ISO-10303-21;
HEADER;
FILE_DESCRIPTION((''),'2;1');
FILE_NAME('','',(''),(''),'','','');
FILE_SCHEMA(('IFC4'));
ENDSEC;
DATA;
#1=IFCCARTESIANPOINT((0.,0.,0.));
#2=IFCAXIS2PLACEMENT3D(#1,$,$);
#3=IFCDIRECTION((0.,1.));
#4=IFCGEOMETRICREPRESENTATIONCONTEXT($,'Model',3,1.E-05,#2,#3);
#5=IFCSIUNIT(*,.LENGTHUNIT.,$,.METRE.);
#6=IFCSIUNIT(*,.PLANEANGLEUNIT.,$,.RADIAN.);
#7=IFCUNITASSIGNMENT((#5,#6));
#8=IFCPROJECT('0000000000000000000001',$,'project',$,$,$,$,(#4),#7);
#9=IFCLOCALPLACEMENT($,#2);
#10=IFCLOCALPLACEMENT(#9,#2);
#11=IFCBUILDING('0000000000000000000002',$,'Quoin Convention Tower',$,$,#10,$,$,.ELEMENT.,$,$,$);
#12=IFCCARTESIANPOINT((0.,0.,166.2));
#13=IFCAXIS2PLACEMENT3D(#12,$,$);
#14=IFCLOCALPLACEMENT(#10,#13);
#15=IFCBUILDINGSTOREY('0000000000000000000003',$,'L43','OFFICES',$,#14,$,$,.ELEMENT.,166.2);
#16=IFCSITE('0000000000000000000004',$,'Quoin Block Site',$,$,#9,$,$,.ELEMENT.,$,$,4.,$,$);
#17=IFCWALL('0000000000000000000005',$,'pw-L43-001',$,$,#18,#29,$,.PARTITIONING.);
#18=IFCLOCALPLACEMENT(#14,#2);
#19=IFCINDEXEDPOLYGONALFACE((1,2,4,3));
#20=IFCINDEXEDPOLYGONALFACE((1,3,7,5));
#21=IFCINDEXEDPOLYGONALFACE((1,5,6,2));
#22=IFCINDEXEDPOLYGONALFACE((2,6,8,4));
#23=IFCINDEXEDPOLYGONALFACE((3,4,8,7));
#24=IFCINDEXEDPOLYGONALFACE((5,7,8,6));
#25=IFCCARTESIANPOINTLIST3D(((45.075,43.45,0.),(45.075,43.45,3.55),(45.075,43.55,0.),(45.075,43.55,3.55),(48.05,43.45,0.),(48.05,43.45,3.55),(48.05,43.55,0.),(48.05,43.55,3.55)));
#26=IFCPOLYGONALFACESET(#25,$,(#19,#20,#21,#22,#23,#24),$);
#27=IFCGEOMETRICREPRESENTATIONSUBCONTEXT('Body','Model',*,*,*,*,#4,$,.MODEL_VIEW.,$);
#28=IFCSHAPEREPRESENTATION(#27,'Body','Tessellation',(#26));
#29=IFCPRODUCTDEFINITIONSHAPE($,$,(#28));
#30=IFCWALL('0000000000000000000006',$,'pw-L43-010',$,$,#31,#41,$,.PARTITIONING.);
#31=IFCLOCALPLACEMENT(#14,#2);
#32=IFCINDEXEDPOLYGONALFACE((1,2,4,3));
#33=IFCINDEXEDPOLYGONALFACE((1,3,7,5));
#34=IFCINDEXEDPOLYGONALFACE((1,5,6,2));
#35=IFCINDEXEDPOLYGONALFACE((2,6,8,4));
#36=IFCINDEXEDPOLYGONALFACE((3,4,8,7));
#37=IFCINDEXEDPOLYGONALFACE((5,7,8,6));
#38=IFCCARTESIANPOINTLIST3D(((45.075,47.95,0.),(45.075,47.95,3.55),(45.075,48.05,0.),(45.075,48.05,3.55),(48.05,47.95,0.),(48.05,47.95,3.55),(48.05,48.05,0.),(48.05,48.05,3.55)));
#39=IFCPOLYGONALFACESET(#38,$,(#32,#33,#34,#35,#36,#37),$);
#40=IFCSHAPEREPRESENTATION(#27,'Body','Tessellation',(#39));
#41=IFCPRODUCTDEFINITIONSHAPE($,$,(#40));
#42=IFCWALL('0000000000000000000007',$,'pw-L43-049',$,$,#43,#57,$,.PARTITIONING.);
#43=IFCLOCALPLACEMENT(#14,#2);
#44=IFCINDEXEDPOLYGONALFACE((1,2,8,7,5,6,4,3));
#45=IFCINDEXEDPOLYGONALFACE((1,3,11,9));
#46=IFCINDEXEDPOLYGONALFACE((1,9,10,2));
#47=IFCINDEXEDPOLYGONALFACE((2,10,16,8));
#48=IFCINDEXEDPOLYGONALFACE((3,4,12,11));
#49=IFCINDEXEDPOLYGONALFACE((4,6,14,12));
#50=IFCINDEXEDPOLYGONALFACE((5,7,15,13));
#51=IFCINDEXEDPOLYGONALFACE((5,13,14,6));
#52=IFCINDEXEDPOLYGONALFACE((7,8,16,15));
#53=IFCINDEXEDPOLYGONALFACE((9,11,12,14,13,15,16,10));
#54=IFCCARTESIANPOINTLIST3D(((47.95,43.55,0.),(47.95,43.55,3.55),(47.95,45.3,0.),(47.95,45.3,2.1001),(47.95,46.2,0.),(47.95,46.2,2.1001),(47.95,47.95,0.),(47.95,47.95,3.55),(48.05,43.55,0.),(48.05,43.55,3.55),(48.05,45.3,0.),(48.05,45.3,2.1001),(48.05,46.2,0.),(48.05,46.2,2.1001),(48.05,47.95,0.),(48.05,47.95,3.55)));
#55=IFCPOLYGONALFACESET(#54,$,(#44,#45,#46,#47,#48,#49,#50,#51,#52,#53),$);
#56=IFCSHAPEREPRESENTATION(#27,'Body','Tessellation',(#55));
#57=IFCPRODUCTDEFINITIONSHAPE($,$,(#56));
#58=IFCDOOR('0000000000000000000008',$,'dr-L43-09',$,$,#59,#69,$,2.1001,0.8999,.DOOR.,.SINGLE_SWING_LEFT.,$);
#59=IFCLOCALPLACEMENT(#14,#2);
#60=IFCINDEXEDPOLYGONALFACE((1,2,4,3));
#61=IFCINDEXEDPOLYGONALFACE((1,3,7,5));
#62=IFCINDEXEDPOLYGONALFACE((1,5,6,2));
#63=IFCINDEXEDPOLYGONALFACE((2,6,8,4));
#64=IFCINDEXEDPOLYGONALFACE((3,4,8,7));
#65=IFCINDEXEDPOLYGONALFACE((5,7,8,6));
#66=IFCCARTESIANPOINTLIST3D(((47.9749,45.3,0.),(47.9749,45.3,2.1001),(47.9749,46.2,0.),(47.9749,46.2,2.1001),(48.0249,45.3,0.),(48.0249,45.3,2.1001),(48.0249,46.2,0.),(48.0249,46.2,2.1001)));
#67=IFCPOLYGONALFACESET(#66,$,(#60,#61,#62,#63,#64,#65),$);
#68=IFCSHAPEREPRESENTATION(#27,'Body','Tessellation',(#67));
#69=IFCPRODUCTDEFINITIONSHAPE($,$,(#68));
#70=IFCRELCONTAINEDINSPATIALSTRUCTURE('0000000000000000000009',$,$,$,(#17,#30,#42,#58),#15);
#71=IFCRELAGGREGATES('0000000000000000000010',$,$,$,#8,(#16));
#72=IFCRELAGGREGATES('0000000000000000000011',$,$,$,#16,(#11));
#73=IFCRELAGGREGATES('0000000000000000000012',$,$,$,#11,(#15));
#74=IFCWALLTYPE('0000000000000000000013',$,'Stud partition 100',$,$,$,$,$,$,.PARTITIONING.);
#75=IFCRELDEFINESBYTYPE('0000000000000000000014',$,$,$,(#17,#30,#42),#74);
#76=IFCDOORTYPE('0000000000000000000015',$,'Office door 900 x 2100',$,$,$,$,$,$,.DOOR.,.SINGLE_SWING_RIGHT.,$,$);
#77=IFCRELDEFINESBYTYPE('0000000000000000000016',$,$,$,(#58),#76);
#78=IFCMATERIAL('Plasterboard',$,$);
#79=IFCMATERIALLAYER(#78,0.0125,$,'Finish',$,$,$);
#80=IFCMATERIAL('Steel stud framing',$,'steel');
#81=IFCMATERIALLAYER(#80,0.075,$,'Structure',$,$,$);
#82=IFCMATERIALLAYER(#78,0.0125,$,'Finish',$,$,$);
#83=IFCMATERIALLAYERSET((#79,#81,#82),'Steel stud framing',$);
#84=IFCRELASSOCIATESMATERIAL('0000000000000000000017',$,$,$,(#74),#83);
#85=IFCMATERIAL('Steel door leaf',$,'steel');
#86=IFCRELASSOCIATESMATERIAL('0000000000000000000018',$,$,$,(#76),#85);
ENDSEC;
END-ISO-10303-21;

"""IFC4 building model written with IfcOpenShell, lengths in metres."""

from ifc_helpers import new_model, si_unit, direction, frame, frame_2d, origin, place, context, subcontext, project, spatial, rectangle, extrude, material, layer, layer_set, type_object, element, fill, save


model = new_model("IFC4")

# Units and contexts
model_context = context("Model", 3, precision=1e-05, world=origin(), true_north=direction((0.0, 1.0)))
body_context = subcontext(model_context, "Body", "Model", "MODEL_VIEW")
ifc_project = project(units=[si_unit("LENGTHUNIT", "METRE"), si_unit("PLANEANGLEUNIT", "RADIAN")], contexts=[model_context])

# Site, building, storey
site_placement = place(None, origin())
site = spatial("IfcSite", under=ifc_project, at=site_placement, Name="Quoin Block Site", CompositionType="ELEMENT", RefElevation=4.0)
building_placement = place(site_placement, origin())
building = spatial("IfcBuilding", under=site, at=building_placement, Name="Quoin Convention Tower", CompositionType="ELEMENT")
storey_placement = place(building_placement, frame((0.0, 0.0, 166.2)))
storey = spatial("IfcBuildingStorey", under=building, at=storey_placement, Name="L43", Description="OFFICES", CompositionType="ELEMENT", Elevation=166.2)

# Shared definitions
ifc_material_1 = material(Name="Plasterboard")
ifc_material_2 = material(Name="Steel stud framing", Category="steel")

# Shared definitions
ifc_material_3 = material(Name="Steel door leaf", Category="steel")

# Walls
ifc_layer_1 = layer(ifc_material_1, 0.0125, Name="Finish")
ifc_layer_2 = layer(ifc_material_2, 0.075, Name="Structure")
ifc_layer_3 = layer(ifc_material_1, 0.0125, Name="Finish")
ifc_layer_set_1 = layer_set([ifc_layer_1, ifc_layer_2, ifc_layer_3], Name="Steel stud framing")
wall_type_1 = type_object("IfcWallType", Name="Stud partition 100", PredefinedType="PARTITIONING", material=ifc_layer_set_1)
for number, where, z_axis, x_axis, name in (
    (1, (45.075, 43.5, 0.0), (0.0, 0.0, 1.0), (1.0, 0.0, 0.0), "pw-L43-001"),
    (2, (45.075, 48.0, 0.0), (0.0, 0.0, 1.0), (1.0, 0.0, 0.0), "pw-L43-010"),
):
    element("IfcWall", number, at=place(storey_placement, frame(where, z_axis=z_axis, x_axis=x_axis)), inside=storey, type_object=wall_type_1, Name=name, PredefinedType="PARTITIONING", context=body_context, shape_type="SweptSolid", body=[
        extrude(rectangle(XDim=2.9751, YDim=0.1001, at=frame_2d((1.4875, 0.0))), origin(), (0.0, 0.0, 1.0), 3.55),
    ])

# Wall, opening, door
wall_1_placement = place(storey_placement, frame((48.0, 43.55, 0.0), z_axis=(0.0, 0.0, 1.0), x_axis=(0.0, 1.0, 0.0)))
wall_1 = element("IfcWall", 3, at=wall_1_placement, inside=storey, type_object=wall_type_1, Name="pw-L43-049", PredefinedType="PARTITIONING", context=body_context, shape_type="SweptSolid", body=[
    extrude(rectangle(XDim=4.3999, YDim=0.1001, at=frame_2d((2.2, 0.0))), origin(), (0.0, 0.0, 1.0), 3.55),
])
opening_1_placement = place(wall_1_placement, frame((1.75, 0.0, 0.0)))
opening_1 = element("IfcOpeningElement", 4, at=opening_1_placement, cuts=wall_1, PredefinedType="OPENING", context=body_context, shape_type="SweptSolid", body=[
    extrude(rectangle(XDim=0.8999, YDim=2.1001, at=frame_2d((0.45, 1.05))), frame((0.0, 0.0601, 0.0), z_axis=(0.0, -1.0, 0.0), x_axis=(1.0, 0.0, 0.0)), (0.0, 0.0, 1.0), 0.1201),
])
door_type_1 = type_object("IfcDoorType", Name="Office door 900 x 2100", OperationType="SINGLE_SWING_RIGHT", PredefinedType="DOOR", material=ifc_material_3)
door_1_placement = place(opening_1_placement, frame((0.8999, 0.0, 0.0), z_axis=(0.0, 0.0, 1.0), x_axis=(-1.0, 0.0, 0.0)))
door_1 = element("IfcDoor", 5, at=door_1_placement, inside=storey, type_object=door_type_1, Name="dr-L43-09", OperationType="SINGLE_SWING_LEFT", OverallHeight=2.1001, OverallWidth=0.8999, PredefinedType="DOOR", context=body_context, shape_type="SweptSolid", body=[
    extrude(rectangle(XDim=0.8999, YDim=2.1001, at=frame_2d((0.45, 1.05))), frame((0.0, 0.0249, 0.0), z_axis=(0.0, -1.0, 0.0), x_axis=(1.0, 0.0, 0.0)), (0.0, 0.0, 1.0), 0.05),
])
fill(opening_1, door_1)

save(model, "model.ifc")
